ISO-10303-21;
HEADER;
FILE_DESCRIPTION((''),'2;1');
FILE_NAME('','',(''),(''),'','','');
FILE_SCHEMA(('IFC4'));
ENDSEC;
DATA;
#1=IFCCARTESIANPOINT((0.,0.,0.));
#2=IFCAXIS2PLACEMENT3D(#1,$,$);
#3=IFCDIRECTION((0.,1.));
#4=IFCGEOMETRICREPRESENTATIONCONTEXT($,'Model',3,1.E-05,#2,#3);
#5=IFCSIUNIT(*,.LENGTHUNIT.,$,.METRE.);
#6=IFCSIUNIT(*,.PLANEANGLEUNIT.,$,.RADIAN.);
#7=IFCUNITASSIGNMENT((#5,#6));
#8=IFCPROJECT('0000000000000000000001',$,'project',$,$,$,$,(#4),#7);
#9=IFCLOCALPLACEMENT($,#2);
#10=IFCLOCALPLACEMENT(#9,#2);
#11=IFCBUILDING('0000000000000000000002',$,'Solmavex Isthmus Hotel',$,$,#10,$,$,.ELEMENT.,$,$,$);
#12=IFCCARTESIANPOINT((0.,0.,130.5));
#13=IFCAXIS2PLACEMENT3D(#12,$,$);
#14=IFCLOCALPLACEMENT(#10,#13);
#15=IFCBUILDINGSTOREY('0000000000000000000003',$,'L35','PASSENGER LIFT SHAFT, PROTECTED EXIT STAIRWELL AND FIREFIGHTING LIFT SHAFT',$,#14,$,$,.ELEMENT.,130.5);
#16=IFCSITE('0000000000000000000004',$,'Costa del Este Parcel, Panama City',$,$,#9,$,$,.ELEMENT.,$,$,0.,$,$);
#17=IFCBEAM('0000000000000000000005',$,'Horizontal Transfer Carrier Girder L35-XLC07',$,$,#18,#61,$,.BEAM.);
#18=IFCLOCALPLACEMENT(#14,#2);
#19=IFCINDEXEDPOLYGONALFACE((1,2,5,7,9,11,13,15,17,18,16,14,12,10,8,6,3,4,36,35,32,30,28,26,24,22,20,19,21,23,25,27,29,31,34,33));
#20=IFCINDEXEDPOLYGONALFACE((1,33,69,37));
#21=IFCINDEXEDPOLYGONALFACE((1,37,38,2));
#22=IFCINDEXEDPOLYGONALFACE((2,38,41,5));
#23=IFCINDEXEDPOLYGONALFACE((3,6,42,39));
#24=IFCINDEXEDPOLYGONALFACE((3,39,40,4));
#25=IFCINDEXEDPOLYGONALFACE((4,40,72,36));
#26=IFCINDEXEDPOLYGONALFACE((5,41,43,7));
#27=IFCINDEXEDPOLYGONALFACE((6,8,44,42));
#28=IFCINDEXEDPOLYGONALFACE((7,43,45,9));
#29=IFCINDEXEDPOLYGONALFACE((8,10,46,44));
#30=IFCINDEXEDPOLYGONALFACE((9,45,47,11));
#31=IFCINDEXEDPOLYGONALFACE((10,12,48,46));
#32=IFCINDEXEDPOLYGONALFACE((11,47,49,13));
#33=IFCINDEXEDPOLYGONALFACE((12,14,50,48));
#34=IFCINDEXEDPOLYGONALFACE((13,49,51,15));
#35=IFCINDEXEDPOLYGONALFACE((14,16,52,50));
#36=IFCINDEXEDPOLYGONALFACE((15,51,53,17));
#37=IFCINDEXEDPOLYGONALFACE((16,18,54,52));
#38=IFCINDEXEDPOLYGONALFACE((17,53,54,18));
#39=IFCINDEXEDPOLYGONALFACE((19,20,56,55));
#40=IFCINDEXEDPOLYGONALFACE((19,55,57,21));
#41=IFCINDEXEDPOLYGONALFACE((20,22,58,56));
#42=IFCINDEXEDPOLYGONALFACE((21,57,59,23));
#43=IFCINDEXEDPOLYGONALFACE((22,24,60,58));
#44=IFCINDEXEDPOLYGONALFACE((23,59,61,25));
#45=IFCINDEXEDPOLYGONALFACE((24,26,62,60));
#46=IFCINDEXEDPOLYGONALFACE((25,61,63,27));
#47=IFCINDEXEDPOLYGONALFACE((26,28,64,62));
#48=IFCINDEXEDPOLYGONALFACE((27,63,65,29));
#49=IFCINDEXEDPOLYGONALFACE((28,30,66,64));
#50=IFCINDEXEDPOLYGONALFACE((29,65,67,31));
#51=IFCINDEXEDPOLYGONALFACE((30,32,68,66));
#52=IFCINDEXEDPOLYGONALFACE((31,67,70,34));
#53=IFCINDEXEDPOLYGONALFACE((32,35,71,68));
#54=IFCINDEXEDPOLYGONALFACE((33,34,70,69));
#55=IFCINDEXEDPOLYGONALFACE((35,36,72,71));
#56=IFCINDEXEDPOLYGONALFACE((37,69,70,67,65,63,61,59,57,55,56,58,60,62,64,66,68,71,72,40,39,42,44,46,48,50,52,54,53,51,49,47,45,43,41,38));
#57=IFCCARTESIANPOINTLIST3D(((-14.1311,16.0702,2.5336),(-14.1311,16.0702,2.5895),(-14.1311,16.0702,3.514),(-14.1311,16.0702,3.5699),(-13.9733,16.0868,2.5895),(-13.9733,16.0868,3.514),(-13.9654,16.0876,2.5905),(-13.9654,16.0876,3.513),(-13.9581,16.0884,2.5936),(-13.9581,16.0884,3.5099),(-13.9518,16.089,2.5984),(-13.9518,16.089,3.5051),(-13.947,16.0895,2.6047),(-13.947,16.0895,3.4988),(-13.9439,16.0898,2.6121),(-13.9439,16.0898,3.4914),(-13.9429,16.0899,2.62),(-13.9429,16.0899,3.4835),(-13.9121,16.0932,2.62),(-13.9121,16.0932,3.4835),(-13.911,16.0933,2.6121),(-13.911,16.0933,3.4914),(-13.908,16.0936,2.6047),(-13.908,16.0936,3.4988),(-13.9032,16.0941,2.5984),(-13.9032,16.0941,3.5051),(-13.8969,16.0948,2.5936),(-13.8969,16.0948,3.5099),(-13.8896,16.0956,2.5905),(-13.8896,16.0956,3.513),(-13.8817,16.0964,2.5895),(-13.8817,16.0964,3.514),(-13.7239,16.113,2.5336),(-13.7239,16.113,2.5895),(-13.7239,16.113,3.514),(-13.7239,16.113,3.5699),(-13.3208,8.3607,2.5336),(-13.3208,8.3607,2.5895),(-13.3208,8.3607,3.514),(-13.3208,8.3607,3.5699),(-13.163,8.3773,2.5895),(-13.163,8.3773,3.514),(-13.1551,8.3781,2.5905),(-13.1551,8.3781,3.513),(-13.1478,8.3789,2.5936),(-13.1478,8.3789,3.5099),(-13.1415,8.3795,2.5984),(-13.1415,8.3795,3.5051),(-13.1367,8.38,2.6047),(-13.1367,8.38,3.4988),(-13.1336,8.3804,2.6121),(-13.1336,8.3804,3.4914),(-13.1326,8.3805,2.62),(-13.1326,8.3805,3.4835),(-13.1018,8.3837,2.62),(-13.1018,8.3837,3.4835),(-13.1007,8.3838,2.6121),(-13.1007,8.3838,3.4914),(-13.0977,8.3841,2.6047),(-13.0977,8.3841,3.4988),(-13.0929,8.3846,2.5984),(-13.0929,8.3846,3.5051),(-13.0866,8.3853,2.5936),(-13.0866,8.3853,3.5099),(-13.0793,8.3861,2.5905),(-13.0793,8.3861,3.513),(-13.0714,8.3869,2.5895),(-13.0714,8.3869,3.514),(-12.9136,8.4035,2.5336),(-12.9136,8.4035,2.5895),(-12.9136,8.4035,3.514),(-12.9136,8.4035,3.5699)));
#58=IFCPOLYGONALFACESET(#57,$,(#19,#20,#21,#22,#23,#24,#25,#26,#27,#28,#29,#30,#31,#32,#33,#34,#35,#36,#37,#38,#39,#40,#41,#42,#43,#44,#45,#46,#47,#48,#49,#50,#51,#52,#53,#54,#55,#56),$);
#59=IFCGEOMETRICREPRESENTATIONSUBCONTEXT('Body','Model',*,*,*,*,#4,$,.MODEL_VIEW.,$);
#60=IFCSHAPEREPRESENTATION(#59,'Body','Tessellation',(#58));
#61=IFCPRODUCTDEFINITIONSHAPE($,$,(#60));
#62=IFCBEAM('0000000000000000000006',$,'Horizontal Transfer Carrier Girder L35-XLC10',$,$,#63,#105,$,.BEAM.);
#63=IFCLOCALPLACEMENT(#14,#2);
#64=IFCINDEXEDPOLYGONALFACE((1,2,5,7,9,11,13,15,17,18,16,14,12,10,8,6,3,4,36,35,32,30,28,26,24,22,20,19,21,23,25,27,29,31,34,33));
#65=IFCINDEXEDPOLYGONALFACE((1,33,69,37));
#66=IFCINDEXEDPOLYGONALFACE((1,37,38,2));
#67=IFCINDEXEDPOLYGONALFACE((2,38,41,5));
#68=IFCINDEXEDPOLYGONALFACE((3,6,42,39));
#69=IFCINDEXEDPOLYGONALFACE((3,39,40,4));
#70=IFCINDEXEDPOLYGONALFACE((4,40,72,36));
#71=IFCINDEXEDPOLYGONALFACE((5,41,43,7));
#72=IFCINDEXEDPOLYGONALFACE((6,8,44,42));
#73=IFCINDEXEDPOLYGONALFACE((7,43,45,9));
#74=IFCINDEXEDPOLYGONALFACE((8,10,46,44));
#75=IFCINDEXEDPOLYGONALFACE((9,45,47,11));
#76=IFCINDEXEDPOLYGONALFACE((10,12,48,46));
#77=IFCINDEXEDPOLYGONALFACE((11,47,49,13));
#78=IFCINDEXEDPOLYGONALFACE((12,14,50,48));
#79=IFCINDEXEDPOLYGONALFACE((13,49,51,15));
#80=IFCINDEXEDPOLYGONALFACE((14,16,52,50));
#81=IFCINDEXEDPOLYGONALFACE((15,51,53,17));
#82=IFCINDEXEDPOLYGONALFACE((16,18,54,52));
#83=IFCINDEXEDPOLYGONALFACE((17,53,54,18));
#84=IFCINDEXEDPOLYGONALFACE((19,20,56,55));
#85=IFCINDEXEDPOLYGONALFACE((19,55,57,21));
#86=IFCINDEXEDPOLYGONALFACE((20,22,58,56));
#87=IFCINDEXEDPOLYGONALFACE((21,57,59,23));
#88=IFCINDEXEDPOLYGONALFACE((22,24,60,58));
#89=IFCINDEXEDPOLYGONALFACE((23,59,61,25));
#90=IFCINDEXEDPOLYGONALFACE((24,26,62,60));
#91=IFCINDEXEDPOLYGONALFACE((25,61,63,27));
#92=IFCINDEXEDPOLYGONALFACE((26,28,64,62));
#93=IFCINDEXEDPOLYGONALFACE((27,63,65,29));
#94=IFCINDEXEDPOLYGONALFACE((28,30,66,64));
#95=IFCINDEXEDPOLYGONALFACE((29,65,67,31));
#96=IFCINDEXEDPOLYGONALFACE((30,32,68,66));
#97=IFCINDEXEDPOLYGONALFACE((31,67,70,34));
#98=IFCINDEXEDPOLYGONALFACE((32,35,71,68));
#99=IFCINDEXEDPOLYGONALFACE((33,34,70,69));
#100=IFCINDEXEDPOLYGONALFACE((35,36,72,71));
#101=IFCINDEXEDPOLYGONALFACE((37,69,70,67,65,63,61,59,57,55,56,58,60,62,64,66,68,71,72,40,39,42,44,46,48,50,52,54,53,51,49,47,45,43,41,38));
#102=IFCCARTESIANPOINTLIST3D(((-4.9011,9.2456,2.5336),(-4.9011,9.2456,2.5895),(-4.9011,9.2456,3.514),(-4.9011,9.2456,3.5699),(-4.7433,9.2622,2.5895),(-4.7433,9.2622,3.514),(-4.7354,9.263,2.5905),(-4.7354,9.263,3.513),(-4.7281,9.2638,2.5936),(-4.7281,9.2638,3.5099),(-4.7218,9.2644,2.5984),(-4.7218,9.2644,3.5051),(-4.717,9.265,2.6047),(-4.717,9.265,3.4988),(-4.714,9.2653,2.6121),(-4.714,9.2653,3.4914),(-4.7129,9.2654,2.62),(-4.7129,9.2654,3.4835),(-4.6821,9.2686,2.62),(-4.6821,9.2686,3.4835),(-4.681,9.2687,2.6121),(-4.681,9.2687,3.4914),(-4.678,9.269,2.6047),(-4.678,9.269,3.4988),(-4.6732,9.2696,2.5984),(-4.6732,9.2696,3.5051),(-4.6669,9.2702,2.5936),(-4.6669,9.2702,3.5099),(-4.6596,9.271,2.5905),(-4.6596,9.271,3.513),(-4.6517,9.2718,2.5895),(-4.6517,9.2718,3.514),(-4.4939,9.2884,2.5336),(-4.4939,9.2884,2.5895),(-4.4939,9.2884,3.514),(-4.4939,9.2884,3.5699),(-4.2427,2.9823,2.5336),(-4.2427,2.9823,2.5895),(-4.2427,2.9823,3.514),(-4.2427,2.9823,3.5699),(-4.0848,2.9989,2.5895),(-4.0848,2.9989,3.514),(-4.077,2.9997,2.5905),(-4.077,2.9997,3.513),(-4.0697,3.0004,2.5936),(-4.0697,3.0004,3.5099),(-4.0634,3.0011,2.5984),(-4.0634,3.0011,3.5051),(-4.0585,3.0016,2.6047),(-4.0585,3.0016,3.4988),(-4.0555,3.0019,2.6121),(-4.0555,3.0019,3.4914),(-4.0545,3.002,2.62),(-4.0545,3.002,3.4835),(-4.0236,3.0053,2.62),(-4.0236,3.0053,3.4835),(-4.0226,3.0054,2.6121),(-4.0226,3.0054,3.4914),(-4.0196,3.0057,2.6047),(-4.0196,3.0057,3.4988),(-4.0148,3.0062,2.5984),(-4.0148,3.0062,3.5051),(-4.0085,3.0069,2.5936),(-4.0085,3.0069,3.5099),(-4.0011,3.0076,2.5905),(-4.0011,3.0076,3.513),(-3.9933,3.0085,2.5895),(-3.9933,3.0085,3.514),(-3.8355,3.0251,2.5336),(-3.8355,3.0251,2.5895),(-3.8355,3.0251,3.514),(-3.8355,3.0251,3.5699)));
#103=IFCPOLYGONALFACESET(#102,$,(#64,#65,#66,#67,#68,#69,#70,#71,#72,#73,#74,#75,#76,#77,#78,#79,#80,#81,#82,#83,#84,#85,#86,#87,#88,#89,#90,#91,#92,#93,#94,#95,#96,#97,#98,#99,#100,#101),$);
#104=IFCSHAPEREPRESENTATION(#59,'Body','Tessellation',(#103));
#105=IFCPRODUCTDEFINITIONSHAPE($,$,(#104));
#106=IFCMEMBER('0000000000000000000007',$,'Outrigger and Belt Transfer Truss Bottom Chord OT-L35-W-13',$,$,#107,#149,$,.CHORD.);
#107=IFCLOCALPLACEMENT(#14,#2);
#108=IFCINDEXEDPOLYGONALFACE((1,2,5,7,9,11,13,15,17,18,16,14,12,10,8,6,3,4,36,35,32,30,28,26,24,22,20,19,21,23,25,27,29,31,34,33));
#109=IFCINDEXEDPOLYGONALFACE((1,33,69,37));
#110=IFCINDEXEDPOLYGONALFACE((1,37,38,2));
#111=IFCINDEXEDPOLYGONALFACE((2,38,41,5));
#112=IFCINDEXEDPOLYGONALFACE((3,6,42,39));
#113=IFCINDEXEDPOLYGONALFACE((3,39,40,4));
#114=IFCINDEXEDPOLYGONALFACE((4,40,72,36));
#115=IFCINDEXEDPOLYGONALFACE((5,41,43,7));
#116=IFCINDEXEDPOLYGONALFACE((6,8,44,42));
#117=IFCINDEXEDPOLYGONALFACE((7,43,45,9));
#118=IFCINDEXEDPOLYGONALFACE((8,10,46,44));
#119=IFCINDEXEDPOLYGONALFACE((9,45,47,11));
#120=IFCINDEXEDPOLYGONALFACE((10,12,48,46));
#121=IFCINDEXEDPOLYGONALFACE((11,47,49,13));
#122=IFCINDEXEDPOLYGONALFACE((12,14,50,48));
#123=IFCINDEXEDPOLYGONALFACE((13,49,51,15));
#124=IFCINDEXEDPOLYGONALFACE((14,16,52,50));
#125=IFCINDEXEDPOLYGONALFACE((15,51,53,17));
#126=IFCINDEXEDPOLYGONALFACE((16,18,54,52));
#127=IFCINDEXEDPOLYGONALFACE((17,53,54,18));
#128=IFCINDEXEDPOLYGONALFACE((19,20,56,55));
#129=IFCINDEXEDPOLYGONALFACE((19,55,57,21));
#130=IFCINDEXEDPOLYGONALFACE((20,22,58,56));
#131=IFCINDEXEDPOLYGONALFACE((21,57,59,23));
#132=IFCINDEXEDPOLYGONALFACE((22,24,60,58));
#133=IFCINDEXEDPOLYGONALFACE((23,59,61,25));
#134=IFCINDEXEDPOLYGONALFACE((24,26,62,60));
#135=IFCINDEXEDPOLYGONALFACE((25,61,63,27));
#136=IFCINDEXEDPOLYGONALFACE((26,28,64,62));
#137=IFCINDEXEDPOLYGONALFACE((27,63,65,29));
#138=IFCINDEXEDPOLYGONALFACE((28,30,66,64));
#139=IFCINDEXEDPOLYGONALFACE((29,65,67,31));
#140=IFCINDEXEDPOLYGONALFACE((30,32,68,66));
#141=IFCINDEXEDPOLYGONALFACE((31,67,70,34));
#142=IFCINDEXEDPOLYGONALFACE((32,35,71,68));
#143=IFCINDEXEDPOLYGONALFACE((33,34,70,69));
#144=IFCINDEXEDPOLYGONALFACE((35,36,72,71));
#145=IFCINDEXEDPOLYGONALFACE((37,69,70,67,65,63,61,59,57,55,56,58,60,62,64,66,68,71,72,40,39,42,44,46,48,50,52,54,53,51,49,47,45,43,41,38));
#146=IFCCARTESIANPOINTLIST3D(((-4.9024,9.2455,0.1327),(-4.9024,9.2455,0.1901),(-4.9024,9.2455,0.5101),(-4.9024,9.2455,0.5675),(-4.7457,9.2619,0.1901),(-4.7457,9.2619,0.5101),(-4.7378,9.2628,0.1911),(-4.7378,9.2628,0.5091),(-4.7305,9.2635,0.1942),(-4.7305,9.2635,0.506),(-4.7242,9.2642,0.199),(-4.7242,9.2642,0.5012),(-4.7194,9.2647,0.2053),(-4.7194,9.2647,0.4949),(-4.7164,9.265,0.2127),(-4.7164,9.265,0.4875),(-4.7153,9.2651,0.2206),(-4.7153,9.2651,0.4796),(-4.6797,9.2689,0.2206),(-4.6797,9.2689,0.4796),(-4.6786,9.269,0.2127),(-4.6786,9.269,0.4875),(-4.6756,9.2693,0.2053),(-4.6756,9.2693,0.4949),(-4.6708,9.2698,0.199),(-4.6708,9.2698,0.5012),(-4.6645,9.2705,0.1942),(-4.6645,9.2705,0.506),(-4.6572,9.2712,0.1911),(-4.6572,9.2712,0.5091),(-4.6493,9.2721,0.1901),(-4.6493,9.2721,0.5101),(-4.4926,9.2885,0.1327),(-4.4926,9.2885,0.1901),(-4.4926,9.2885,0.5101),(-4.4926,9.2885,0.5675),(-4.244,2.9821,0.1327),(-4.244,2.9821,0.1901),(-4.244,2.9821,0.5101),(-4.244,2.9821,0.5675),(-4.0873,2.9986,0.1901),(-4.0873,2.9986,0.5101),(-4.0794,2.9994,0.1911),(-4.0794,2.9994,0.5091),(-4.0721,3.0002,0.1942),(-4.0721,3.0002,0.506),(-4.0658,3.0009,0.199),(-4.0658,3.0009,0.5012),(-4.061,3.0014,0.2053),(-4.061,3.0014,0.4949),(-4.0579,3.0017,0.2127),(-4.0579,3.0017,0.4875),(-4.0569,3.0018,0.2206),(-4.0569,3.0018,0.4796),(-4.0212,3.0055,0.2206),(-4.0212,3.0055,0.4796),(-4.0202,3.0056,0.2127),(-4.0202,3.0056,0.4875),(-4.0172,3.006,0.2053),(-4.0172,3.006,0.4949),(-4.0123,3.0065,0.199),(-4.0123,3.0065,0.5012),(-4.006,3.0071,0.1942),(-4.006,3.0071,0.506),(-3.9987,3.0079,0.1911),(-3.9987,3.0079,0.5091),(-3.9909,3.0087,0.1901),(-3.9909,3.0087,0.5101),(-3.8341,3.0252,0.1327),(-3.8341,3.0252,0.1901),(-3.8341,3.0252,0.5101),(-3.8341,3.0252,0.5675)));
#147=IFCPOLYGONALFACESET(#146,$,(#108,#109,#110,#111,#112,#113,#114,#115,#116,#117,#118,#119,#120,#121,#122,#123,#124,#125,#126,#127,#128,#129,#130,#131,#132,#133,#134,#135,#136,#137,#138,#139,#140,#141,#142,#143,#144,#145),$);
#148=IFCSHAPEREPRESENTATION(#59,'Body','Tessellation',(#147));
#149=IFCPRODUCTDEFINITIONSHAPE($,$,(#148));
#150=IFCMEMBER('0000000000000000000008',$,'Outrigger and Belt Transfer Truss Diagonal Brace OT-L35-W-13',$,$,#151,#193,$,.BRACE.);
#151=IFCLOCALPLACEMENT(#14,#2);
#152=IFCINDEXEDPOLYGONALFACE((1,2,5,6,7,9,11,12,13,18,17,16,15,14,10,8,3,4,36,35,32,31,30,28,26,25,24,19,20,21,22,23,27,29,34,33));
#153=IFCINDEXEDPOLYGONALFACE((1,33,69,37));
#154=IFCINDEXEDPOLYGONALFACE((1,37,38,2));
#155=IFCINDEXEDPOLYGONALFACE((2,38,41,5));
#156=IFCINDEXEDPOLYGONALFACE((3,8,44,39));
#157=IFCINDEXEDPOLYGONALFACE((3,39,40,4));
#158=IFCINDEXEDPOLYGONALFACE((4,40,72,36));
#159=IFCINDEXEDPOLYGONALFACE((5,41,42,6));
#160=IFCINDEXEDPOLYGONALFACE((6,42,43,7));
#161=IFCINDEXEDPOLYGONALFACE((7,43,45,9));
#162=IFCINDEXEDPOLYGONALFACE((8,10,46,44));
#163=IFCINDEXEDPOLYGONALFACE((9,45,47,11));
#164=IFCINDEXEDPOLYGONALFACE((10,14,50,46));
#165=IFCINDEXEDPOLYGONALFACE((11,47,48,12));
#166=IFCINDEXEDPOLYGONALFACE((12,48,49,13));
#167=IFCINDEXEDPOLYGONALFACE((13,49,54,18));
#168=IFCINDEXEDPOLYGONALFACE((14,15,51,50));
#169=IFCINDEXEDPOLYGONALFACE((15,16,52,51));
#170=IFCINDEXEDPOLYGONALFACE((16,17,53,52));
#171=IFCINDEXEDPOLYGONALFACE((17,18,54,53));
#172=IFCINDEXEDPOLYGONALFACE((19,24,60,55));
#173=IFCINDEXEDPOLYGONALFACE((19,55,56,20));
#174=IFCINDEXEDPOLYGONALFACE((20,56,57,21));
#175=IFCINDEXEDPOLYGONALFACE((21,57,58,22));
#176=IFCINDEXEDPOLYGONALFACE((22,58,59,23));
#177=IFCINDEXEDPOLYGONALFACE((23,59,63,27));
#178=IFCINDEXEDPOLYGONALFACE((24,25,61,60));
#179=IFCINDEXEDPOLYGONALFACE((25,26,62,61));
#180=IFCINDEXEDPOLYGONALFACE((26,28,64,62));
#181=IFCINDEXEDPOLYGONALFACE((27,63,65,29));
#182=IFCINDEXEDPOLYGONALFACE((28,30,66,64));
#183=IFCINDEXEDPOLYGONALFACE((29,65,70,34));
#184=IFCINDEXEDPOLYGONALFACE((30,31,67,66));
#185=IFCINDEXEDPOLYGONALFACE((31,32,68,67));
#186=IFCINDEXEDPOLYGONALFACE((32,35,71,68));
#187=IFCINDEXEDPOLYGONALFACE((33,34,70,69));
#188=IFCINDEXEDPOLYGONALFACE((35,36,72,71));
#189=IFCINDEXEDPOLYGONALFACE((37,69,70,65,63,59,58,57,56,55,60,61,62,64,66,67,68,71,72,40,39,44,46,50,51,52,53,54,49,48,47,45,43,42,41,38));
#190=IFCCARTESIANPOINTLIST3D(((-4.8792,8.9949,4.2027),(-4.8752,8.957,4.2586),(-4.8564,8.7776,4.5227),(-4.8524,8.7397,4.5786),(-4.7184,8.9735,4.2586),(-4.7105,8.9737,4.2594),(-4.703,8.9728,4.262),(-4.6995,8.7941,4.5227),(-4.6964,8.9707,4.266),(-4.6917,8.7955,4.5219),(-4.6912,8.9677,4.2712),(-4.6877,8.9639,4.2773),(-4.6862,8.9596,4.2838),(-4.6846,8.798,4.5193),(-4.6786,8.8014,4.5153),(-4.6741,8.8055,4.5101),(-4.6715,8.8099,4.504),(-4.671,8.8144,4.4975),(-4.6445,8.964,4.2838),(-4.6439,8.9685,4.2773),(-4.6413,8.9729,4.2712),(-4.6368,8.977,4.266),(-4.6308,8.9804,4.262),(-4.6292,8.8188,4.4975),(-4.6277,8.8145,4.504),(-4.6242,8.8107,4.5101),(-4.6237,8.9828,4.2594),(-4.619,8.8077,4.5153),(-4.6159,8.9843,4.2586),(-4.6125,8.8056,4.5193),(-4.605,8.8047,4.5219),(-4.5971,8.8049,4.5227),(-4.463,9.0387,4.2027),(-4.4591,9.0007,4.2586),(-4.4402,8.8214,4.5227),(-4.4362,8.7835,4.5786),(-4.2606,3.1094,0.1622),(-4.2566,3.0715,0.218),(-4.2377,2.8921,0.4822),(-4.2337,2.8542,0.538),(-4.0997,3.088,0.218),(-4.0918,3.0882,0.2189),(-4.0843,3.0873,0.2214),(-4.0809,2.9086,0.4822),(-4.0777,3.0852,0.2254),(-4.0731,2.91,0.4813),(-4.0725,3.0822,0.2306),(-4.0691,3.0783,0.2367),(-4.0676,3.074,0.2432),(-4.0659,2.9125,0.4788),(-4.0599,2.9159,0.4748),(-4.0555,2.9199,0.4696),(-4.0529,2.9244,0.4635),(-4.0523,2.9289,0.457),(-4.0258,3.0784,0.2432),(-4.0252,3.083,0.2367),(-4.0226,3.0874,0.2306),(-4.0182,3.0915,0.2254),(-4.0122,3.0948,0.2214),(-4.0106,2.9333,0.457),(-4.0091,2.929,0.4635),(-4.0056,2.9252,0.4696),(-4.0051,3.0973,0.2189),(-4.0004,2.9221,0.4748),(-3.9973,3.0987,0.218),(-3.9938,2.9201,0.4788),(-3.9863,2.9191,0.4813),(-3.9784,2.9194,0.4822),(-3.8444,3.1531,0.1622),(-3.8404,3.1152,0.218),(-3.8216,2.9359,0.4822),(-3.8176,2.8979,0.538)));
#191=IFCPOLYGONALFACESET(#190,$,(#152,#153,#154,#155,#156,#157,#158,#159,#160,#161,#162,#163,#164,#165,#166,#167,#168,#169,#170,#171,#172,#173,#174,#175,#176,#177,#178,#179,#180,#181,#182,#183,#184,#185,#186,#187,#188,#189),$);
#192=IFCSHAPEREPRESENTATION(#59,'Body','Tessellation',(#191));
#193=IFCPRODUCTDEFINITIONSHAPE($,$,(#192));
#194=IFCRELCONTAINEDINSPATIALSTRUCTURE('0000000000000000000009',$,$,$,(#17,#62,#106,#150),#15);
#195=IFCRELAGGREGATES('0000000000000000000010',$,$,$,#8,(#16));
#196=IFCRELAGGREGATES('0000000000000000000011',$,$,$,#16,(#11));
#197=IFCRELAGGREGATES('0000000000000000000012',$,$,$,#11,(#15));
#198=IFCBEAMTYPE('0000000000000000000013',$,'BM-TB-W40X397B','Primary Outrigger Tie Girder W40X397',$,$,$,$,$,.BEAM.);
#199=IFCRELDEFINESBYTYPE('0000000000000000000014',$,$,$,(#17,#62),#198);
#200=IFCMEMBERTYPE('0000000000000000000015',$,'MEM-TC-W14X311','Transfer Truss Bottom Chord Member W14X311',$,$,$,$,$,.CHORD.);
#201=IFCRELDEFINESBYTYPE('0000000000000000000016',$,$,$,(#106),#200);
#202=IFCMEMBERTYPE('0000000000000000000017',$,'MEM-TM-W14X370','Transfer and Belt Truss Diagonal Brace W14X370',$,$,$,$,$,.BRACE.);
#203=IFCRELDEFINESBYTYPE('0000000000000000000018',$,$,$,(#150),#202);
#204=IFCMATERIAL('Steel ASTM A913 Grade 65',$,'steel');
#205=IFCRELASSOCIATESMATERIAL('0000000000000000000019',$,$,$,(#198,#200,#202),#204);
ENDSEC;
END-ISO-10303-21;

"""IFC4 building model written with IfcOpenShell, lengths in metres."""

from ifc_helpers import new_model, si_unit, direction, frame, origin, origin_2d, place, context, subcontext, project, spatial, i_section, extrude, material, material_profile, profile_set, type_object, element, save


model = new_model("IFC4")

# Units and contexts
model_context = context("Model", 3, precision=1e-05, world=origin(), true_north=direction((0.0, 1.0)))
body_context = subcontext(model_context, "Body", "Model", "MODEL_VIEW")
ifc_project = project(units=[si_unit("LENGTHUNIT", "METRE"), si_unit("PLANEANGLEUNIT", "RADIAN")], contexts=[model_context])

# Site, building, storey
site_placement = place(None, origin())
site = spatial("IfcSite", under=ifc_project, at=site_placement, Name="Costa del Este Parcel, Panama City", CompositionType="ELEMENT", RefElevation=0.0)
building_placement = place(site_placement, origin())
building = spatial("IfcBuilding", under=site, at=building_placement, Name="Solmavex Isthmus Hotel", CompositionType="ELEMENT")
storey_placement = place(building_placement, frame((0.0, 0.0, 130.5)))
storey = spatial("IfcBuildingStorey", under=building, at=storey_placement, Name="L35", Description="PASSENGER LIFT SHAFT, PROTECTED EXIT STAIRWELL AND FIREFIGHTING LIFT SHAFT", CompositionType="ELEMENT", Elevation=130.5)

# Shared definitions
ifc_material_1 = material(Name="Steel ASTM A913 Grade 65", Category="steel")

# Beams
ifc_material_profile_1 = material_profile(ifc_material_1, i_section(OverallWidth=0.4094, OverallDepth=1.0364, WebThickness=0.031, FlangeThickness=0.0559, FilletRadius=0.0305, at=origin_2d()), Name="W40X397")
ifc_profile_set_1 = profile_set([ifc_material_profile_1], Name="Steel ASTM A913 Grade 65")
beam_type_1 = type_object("IfcBeamType", Name="BM-TB-W40X397B", Description="Primary Outrigger Tie Girder W40X397", PredefinedType="BEAM", material=ifc_profile_set_1)
beam_1_placement = place(storey_placement, frame((-13.1172, 8.3821, 3.0518), z_axis=(-0.104529, 0.994522, 0.0), x_axis=(-0.994522, -0.104529, 0.0)))
element("IfcBeam", 1, at=beam_1_placement, inside=storey, type_object=beam_type_1, Name="Horizontal Transfer Carrier Girder L35-XLC07", PredefinedType="BEAM", context=body_context, shape_type="SweptSolid", body=[
    extrude(i_section(OverallWidth=0.4094, OverallDepth=1.0364, WebThickness=0.031, FlangeThickness=0.0559, FilletRadius=0.0305, at=origin_2d()), origin(), (0.0, 0.0, 1.0), 7.752),
])
beam_2_placement = place(storey_placement, frame((-4.0391, 3.0037, 3.0518), z_axis=(-0.10455, 0.99452, 0.0), x_axis=(-0.99452, -0.10455, 0.0)))
element("IfcBeam", 2, at=beam_2_placement, inside=storey, type_object=beam_type_1, Name="Horizontal Transfer Carrier Girder L35-XLC10", PredefinedType="BEAM", context=body_context, shape_type="SweptSolid", body=[
    extrude(i_section(OverallWidth=0.4094, OverallDepth=1.0364, WebThickness=0.031, FlangeThickness=0.0559, FilletRadius=0.0305, at=origin_2d()), origin(), (0.0, 0.0, 1.0), 6.2979),
])

# Members
ifc_material_profile_2 = material_profile(ifc_material_1, i_section(OverallWidth=0.4121, OverallDepth=0.4348, WebThickness=0.0359, FlangeThickness=0.0574, FilletRadius=0.0305, at=origin_2d()), Name="W14X311")
ifc_profile_set_2 = profile_set([ifc_material_profile_2], Name="Steel ASTM A913 Grade 65")
member_type_1 = type_object("IfcMemberType", Name="MEM-TC-W14X311", Description="Transfer Truss Bottom Chord Member W14X311", PredefinedType="CHORD", material=ifc_profile_set_2)
member_1_placement = place(storey_placement, frame((-4.0391, 3.0037, 0.3501), z_axis=(-0.10455, 0.99452, 0.0), x_axis=(-0.99452, -0.10455, 0.0)))
element("IfcMember", 3, at=member_1_placement, inside=storey, type_object=member_type_1, Name="Outrigger and Belt Transfer Truss Bottom Chord OT-L35-W-13", PredefinedType="CHORD", context=body_context, shape_type="SweptSolid", body=[
    extrude(i_section(OverallWidth=0.4121, OverallDepth=0.4348, WebThickness=0.0359, FlangeThickness=0.0574, FilletRadius=0.0305, at=origin_2d()), origin(), (0.0, 0.0, 1.0), 6.2979),
])
ifc_material_profile_3 = material_profile(ifc_material_1, i_section(OverallWidth=0.4185, OverallDepth=0.4551, WebThickness=0.042, FlangeThickness=0.0676, FilletRadius=0.0305, at=origin_2d()), Name="W14X370")
ifc_profile_set_3 = profile_set([ifc_material_profile_3], Name="Steel ASTM A913 Grade 65")
member_type_2 = type_object("IfcMemberType", Name="MEM-TM-W14X370", Description="Transfer and Belt Truss Diagonal Brace W14X370", PredefinedType="BRACE", material=ifc_profile_set_3)
member_2_placement = place(storey_placement, frame((-4.0391, 3.0037, 0.3501), z_axis=(-0.086335, 0.82134, 0.563868), x_axis=(-0.994521, -0.104539, 0.0)))
element("IfcMember", 4, at=member_2_placement, inside=storey, type_object=member_type_2, Name="Outrigger and Belt Transfer Truss Diagonal Brace OT-L35-W-13", PredefinedType="BRACE", context=body_context, shape_type="SweptSolid", body=[
    extrude(i_section(OverallWidth=0.4185, OverallDepth=0.4551, WebThickness=0.042, FlangeThickness=0.0676, FilletRadius=0.0305, at=origin_2d()), origin(), (0.0, 0.0, 1.0), 7.1658),
])

save(model, "model.ifc")
